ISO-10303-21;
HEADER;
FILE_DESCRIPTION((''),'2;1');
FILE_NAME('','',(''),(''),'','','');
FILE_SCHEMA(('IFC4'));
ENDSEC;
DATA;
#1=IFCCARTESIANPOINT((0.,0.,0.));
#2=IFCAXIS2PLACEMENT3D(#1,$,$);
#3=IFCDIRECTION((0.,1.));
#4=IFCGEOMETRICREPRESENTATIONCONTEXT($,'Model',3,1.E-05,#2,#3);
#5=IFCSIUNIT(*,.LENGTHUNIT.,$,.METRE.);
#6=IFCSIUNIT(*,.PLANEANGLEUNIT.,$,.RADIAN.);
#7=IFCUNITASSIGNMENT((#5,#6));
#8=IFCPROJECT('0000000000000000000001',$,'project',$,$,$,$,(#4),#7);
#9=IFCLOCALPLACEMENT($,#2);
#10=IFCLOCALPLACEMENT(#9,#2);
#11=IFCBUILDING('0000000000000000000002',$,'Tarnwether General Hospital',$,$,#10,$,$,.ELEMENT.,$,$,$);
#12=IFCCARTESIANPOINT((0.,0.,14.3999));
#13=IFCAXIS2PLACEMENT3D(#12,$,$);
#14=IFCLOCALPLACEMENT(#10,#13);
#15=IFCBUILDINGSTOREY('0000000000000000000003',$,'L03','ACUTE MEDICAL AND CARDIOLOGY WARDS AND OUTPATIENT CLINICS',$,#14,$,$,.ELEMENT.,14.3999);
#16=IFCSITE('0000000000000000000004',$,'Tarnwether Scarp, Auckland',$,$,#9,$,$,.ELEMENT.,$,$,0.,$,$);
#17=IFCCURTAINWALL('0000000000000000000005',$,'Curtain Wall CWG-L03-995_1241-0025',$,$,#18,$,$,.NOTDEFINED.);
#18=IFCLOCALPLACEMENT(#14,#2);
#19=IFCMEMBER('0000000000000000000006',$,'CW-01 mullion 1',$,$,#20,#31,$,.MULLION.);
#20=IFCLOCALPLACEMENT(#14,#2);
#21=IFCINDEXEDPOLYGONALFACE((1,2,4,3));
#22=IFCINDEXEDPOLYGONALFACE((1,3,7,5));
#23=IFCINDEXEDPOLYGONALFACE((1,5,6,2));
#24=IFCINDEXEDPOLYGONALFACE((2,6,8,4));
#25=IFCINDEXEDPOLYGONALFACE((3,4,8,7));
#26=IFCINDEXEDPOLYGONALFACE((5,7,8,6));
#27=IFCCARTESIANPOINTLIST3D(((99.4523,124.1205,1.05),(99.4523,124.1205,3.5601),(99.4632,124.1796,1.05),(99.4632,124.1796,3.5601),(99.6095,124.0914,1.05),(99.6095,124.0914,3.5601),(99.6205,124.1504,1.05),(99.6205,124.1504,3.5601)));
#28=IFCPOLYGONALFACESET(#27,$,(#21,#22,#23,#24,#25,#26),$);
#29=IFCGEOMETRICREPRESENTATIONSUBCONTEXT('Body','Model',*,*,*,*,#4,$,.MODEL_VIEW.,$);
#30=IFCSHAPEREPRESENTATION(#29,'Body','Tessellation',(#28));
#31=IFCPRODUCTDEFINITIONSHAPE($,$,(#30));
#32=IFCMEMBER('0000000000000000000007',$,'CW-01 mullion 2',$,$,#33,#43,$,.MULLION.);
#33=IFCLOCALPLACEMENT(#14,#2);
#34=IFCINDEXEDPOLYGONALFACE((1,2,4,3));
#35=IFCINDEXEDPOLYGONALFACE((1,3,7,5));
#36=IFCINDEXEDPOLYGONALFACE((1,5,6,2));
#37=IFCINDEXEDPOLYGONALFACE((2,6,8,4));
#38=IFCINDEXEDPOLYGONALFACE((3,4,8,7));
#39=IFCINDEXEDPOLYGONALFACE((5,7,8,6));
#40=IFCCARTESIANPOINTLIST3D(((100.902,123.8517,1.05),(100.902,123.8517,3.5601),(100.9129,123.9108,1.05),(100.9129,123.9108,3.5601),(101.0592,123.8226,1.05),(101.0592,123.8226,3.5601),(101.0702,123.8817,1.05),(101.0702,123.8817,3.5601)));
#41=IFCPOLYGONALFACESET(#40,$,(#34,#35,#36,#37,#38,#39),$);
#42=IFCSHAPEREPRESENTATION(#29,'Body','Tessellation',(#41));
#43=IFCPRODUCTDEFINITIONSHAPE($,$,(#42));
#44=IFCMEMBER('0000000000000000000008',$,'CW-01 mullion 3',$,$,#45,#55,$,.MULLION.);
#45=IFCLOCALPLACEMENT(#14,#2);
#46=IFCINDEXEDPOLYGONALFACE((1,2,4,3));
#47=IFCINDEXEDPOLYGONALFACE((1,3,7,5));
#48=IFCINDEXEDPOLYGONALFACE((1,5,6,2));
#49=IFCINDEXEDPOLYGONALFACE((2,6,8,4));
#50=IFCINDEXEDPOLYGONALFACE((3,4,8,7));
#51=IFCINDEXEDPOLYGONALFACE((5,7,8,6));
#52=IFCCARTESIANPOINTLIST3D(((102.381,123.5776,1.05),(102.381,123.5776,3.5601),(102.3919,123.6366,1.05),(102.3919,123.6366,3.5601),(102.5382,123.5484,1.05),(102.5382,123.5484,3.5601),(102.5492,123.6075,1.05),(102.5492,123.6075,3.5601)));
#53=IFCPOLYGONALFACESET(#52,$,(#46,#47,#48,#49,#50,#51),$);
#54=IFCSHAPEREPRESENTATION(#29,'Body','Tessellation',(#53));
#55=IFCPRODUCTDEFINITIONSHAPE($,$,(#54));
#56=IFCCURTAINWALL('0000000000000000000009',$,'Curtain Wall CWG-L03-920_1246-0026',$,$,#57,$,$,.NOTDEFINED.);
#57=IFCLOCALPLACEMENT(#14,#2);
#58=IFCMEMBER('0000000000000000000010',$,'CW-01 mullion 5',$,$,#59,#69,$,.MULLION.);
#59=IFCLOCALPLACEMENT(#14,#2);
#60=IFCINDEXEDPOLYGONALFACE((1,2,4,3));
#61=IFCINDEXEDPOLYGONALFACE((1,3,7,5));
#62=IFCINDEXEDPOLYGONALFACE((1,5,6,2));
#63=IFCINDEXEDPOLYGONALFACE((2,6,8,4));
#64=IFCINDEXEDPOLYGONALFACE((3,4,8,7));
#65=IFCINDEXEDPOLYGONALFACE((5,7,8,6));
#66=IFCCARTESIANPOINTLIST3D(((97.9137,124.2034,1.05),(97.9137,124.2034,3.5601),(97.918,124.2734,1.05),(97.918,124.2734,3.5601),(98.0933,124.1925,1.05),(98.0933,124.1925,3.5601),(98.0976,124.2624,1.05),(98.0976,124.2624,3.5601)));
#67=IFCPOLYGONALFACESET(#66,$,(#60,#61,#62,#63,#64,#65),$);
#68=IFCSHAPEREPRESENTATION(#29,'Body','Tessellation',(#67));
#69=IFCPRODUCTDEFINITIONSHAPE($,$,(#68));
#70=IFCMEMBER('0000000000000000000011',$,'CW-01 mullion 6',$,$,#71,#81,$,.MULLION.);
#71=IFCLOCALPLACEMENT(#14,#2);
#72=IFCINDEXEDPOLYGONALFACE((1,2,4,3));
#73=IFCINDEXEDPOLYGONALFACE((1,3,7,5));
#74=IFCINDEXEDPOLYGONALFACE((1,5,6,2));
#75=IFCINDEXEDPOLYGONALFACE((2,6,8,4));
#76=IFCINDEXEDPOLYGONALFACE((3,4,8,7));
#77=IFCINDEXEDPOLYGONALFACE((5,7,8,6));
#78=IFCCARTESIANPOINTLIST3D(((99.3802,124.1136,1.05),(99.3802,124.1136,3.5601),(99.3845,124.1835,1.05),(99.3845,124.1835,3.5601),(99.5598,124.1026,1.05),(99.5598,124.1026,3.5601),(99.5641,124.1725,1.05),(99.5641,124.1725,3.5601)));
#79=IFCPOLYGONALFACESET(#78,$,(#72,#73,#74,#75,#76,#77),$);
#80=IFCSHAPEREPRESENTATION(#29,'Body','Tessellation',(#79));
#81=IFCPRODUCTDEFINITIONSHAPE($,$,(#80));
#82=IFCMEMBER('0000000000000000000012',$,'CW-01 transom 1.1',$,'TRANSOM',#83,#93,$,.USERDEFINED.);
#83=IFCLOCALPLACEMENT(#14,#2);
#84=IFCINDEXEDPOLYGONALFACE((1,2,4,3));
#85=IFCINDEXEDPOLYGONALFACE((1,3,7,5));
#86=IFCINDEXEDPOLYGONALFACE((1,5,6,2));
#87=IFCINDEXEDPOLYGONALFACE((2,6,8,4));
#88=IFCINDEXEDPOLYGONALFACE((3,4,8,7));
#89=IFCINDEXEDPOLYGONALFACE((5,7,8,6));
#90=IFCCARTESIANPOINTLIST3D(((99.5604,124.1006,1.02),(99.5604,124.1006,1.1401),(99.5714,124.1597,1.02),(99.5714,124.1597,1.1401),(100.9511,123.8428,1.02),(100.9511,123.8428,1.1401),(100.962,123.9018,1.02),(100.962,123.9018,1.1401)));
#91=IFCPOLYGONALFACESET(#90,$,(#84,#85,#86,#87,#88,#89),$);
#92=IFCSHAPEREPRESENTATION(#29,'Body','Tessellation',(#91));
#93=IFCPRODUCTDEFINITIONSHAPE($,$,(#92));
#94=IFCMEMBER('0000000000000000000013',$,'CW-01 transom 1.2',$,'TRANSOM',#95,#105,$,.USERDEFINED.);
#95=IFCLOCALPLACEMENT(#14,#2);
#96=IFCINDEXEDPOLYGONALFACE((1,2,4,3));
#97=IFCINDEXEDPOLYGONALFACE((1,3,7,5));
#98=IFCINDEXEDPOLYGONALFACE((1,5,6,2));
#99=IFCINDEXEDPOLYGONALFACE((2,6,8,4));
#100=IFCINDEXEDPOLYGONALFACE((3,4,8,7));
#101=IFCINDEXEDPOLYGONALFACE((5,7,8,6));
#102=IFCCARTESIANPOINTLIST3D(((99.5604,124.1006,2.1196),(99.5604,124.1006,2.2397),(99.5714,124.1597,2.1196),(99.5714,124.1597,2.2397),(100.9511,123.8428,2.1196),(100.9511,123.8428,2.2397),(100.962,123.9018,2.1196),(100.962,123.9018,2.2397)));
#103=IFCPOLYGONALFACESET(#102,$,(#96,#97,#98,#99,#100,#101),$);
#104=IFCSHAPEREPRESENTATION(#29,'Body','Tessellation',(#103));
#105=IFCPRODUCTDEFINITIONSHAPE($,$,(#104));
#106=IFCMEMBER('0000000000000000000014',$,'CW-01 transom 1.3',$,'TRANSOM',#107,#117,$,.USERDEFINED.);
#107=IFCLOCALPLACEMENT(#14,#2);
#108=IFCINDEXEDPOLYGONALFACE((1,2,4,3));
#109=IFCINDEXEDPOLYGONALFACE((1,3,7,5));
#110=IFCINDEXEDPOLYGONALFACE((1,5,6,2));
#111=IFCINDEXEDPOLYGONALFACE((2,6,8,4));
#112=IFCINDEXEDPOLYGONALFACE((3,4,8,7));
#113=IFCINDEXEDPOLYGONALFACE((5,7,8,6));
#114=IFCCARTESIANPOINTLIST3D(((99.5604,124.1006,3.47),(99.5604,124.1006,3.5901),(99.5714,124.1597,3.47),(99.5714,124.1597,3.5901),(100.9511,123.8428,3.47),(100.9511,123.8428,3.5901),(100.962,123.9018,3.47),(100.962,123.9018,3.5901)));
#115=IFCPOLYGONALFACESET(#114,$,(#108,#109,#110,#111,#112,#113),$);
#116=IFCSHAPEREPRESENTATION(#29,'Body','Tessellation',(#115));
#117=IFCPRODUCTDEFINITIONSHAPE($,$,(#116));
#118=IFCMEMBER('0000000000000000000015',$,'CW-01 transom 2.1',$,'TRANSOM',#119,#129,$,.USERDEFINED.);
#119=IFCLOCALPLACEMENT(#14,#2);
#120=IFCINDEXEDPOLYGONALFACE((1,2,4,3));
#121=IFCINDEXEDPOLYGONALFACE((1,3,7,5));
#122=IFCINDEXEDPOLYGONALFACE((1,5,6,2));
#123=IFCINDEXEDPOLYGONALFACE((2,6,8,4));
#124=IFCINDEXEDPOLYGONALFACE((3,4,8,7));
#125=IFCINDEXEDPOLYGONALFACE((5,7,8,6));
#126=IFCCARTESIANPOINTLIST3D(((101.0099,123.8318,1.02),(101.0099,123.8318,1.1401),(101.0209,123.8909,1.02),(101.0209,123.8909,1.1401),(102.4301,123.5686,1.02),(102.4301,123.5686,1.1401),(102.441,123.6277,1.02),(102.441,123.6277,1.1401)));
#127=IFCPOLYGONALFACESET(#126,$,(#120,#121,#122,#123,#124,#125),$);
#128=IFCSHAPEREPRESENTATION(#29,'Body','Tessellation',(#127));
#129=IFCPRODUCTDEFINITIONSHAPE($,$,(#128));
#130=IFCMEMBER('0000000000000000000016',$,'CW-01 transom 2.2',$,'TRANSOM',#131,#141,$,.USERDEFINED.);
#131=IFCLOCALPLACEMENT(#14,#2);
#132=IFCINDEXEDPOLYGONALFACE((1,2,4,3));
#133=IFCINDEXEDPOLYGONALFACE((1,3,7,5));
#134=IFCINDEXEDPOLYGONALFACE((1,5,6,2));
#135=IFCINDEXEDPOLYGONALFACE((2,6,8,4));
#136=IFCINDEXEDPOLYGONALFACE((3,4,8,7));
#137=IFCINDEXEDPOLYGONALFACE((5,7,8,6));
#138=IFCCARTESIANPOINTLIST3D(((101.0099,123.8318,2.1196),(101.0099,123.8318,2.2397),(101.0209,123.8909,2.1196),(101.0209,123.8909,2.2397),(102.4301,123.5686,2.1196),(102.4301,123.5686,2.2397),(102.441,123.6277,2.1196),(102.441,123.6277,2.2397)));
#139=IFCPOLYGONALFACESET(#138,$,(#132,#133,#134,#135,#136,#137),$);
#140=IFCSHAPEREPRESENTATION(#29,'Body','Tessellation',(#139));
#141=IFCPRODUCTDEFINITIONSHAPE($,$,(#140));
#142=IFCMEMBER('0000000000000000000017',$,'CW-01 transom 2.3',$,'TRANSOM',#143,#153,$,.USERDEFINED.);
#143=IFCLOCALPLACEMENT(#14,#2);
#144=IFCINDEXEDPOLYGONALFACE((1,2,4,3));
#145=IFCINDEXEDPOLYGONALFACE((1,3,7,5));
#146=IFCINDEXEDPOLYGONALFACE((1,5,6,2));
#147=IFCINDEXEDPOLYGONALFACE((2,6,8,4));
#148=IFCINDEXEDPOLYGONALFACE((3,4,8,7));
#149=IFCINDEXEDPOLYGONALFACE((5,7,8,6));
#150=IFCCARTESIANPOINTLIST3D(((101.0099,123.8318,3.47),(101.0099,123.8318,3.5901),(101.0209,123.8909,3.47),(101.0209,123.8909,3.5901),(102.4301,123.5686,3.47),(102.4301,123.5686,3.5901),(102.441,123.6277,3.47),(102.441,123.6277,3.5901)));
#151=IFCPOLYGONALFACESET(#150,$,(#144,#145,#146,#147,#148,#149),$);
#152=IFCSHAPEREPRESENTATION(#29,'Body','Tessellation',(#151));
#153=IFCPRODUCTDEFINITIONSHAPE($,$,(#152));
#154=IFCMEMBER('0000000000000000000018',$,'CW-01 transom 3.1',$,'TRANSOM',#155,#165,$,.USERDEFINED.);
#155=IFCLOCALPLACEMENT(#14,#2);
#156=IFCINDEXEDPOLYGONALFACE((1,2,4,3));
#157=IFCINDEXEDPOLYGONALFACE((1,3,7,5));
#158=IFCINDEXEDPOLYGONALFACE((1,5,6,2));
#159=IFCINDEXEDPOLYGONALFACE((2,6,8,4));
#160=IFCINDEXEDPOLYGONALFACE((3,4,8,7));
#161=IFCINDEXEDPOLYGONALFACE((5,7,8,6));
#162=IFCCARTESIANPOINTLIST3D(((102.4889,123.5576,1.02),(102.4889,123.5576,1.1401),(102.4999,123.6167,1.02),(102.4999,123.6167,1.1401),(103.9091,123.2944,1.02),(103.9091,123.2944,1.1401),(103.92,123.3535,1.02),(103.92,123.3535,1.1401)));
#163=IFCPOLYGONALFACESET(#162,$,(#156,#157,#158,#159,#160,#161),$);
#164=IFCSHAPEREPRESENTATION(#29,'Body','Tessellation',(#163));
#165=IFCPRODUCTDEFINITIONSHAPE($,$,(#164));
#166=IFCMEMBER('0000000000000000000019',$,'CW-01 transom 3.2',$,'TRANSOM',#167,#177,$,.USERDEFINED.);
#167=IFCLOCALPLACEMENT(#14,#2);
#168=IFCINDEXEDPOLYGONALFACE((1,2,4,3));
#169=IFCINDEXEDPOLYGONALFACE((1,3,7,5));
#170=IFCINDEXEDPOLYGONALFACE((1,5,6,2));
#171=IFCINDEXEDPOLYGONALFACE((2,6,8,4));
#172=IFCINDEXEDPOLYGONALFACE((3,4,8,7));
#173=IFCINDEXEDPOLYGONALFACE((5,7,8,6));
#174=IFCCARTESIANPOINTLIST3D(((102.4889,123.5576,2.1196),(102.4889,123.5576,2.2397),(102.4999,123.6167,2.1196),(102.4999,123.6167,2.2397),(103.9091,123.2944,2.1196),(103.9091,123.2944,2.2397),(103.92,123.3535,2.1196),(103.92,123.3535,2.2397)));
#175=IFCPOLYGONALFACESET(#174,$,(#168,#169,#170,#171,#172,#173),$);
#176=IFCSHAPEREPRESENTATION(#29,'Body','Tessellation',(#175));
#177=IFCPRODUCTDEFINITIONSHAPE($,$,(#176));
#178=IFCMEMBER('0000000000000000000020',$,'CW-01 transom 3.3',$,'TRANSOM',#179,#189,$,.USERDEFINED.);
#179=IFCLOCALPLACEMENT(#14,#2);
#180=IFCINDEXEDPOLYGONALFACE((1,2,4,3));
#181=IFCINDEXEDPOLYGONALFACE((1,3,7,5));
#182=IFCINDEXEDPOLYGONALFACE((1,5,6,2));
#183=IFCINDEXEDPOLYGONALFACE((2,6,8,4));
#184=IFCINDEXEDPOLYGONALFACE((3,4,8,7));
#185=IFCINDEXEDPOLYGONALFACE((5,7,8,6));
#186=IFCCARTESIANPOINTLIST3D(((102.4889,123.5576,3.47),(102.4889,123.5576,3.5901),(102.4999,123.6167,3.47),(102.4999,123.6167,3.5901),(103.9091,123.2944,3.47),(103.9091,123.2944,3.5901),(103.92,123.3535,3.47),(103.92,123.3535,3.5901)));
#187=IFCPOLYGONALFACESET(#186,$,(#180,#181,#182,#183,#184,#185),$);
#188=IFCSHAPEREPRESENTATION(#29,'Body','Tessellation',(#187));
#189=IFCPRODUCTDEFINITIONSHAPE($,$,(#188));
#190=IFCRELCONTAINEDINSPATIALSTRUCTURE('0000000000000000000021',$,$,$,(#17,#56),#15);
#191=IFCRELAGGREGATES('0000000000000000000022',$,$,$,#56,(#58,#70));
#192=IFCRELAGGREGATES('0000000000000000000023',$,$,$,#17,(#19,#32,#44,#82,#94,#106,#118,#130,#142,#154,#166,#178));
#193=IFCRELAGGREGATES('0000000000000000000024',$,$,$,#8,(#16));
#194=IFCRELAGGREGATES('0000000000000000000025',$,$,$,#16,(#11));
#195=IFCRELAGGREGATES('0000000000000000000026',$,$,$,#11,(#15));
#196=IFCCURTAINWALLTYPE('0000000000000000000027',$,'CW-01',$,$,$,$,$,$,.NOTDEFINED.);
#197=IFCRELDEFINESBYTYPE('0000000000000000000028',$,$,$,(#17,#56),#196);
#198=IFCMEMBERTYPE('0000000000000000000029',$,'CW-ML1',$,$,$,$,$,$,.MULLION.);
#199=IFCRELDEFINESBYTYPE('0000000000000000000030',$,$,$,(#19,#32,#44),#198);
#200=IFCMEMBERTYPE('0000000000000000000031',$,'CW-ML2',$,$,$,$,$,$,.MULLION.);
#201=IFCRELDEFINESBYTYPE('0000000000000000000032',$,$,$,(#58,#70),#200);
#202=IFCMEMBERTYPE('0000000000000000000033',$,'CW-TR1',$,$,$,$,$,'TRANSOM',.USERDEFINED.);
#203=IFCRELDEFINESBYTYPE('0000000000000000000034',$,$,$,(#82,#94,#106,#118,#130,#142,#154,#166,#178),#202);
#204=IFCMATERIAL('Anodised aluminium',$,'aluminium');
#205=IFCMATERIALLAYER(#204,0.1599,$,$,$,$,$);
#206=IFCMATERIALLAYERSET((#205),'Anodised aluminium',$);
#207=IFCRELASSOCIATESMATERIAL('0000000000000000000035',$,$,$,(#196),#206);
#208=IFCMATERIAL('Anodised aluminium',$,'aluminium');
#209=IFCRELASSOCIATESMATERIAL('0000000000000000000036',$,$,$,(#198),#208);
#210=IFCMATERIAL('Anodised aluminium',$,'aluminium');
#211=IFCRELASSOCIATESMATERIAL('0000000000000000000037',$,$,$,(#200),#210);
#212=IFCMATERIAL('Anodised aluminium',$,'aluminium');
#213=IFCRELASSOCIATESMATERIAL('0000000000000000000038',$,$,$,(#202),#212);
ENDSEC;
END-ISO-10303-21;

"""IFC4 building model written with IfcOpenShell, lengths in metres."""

from ifc_helpers import new_model, si_unit, direction, frame, origin, origin_2d, place, context, subcontext, project, spatial, rectangle, extrude, material, layer, layer_set, material_profile, profile_set, type_object, element, aggregate, save


model = new_model("IFC4")

# Units and contexts
model_context = context("Model", 3, precision=1e-05, world=origin(), true_north=direction((0.0, 1.0)))
body_context = subcontext(model_context, "Body", "Model", "MODEL_VIEW")
ifc_project = project(units=[si_unit("LENGTHUNIT", "METRE"), si_unit("PLANEANGLEUNIT", "RADIAN")], contexts=[model_context])

# Site, building, storey
site_placement = place(None, origin())
site = spatial("IfcSite", under=ifc_project, at=site_placement, Name="Tarnwether Scarp, Auckland", CompositionType="ELEMENT", RefElevation=0.0)
building_placement = place(site_placement, origin())
building = spatial("IfcBuilding", under=site, at=building_placement, Name="Tarnwether General Hospital", CompositionType="ELEMENT")
storey_placement = place(building_placement, frame((0.0, 0.0, 14.3999)))
storey = spatial("IfcBuildingStorey", under=building, at=storey_placement, Name="L03", Description="ACUTE MEDICAL AND CARDIOLOGY WARDS AND OUTPATIENT CLINICS", CompositionType="ELEMENT", Elevation=14.3999)

# Curtain walls, members
ifc_material_1 = material(Name="Anodised aluminium", Category="aluminium")
ifc_layer_1 = layer(ifc_material_1, 0.1599)
ifc_layer_set_1 = layer_set([ifc_layer_1], Name="Anodised aluminium")
curtain_wall_type = type_object("IfcCurtainWallType", Name="CW-01", PredefinedType="NOTDEFINED", material=ifc_layer_set_1)
curtain_wall_1_placement = place(storey_placement, origin())
curtain_wall_1 = element("IfcCurtainWall", 1, at=curtain_wall_1_placement, inside=storey, type_object=curtain_wall_type, Name="Curtain Wall CWG-L03-995_1241-0025", PredefinedType="NOTDEFINED")
ifc_material_2 = material(Name="Anodised aluminium", Category="aluminium")
ifc_material_profile_1 = material_profile(ifc_material_2, rectangle(XDim=0.0601, YDim=0.1599, at=origin_2d()), Name="ALU-MUL-60x160")
ifc_profile_set_1 = profile_set([ifc_material_profile_1], Name="Anodised aluminium")
member_type_1 = type_object("IfcMemberType", Name="CW-ML1", PredefinedType="MULLION", material=ifc_profile_set_1)
member_1_placement = place(storey_placement, frame((99.5364, 124.1355, 1.05), z_axis=(0.0, 0.0, 1.0), x_axis=(0.182289, 0.983245, 0.0)))
member_1 = element("IfcMember", 2, at=member_1_placement, type_object=member_type_1, Name="CW-01 mullion 1", PredefinedType="MULLION", context=body_context, shape_type="SweptSolid", body=[
    extrude(rectangle(XDim=0.0601, YDim=0.1599, at=origin_2d()), origin(), (0.0, 0.0, 1.0), 2.51),
])
member_2_placement = place(storey_placement, frame((100.9861, 123.8667, 1.05), z_axis=(0.0, 0.0, 1.0), x_axis=(0.182289, 0.983245, 0.0)))
member_2 = element("IfcMember", 3, at=member_2_placement, type_object=member_type_1, Name="CW-01 mullion 2", PredefinedType="MULLION", context=body_context, shape_type="SweptSolid", body=[
    extrude(rectangle(XDim=0.0601, YDim=0.1599, at=origin_2d()), origin(), (0.0, 0.0, 1.0), 2.51),
])
member_3_placement = place(storey_placement, frame((102.4651, 123.5925, 1.05), z_axis=(0.0, 0.0, 1.0), x_axis=(0.182289, 0.983245, 0.0)))
member_3 = element("IfcMember", 4, at=member_3_placement, type_object=member_type_1, Name="CW-01 mullion 3", PredefinedType="MULLION", context=body_context, shape_type="SweptSolid", body=[
    extrude(rectangle(XDim=0.0601, YDim=0.1599, at=origin_2d()), origin(), (0.0, 0.0, 1.0), 2.51),
])
curtain_wall_2_placement = place(storey_placement, origin())
curtain_wall_2 = element("IfcCurtainWall", 5, at=curtain_wall_2_placement, inside=storey, type_object=curtain_wall_type, Name="Curtain Wall CWG-L03-920_1246-0026", PredefinedType="NOTDEFINED")
ifc_material_3 = material(Name="Anodised aluminium", Category="aluminium")
ifc_material_profile_2 = material_profile(ifc_material_3, rectangle(XDim=0.0701, YDim=0.1799, at=origin_2d()), Name="ALU-MUL-70x180")
ifc_profile_set_2 = profile_set([ifc_material_profile_2], Name="Anodised aluminium")
member_type_2 = type_object("IfcMemberType", Name="CW-ML2", PredefinedType="MULLION", material=ifc_profile_set_2)
member_4_placement = place(storey_placement, frame((98.0056, 124.2329, 1.05), z_axis=(0.0, 0.0, 1.0), x_axis=(0.061029, 0.998136, 0.0)))
member_4 = element("IfcMember", 6, at=member_4_placement, type_object=member_type_2, Name="CW-01 mullion 5", PredefinedType="MULLION", context=body_context, shape_type="SweptSolid", body=[
    extrude(rectangle(XDim=0.0701, YDim=0.1799, at=origin_2d()), origin(), (0.0, 0.0, 1.0), 2.51),
])
member_5_placement = place(storey_placement, frame((99.4722, 124.1431, 1.05), z_axis=(0.0, 0.0, 1.0), x_axis=(0.061029, 0.998136, 0.0)))
member_5 = element("IfcMember", 7, at=member_5_placement, type_object=member_type_2, Name="CW-01 mullion 6", PredefinedType="MULLION", context=body_context, shape_type="SweptSolid", body=[
    extrude(rectangle(XDim=0.0701, YDim=0.1799, at=origin_2d()), origin(), (0.0, 0.0, 1.0), 2.51),
])

# Members
ifc_material_4 = material(Name="Anodised aluminium", Category="aluminium")
ifc_material_profile_3 = material_profile(ifc_material_4, rectangle(XDim=0.0601, YDim=0.1201, at=origin_2d()), Name="ALU-TRN-60x120")
ifc_profile_set_3 = profile_set([ifc_material_profile_3], Name="Anodised aluminium")
member_type_3 = type_object("IfcMemberType", Name="CW-TR1", ElementType="TRANSOM", PredefinedType="USERDEFINED", material=ifc_profile_set_3)
member_6_placement = place(storey_placement, frame((99.5659, 124.1301, 1.0801), z_axis=(0.983245, -0.182287, 0.0), x_axis=(0.182287, 0.983245, 0.0)))
member_6 = element("IfcMember", 8, at=member_6_placement, type_object=member_type_3, Name="CW-01 transom 1.1", ObjectType="TRANSOM", PredefinedType="USERDEFINED", context=body_context, shape_type="SweptSolid", body=[
    extrude(rectangle(XDim=0.0601, YDim=0.1201, at=origin_2d()), origin(), (0.0, 0.0, 1.0), 1.4143),
])
member_7_placement = place(storey_placement, frame((99.5659, 124.1301, 2.1797), z_axis=(0.983245, -0.182287, 0.0), x_axis=(0.182287, 0.983245, 0.0)))
member_7 = element("IfcMember", 9, at=member_7_placement, type_object=member_type_3, Name="CW-01 transom 1.2", ObjectType="TRANSOM", PredefinedType="USERDEFINED", context=body_context, shape_type="SweptSolid", body=[
    extrude(rectangle(XDim=0.0601, YDim=0.1201, at=origin_2d()), origin(), (0.0, 0.0, 1.0), 1.4143),
])
member_8_placement = place(storey_placement, frame((99.5659, 124.1301, 3.53), z_axis=(0.983245, -0.182287, 0.0), x_axis=(0.182287, 0.983245, 0.0)))
member_8 = element("IfcMember", 10, at=member_8_placement, type_object=member_type_3, Name="CW-01 transom 1.3", ObjectType="TRANSOM", PredefinedType="USERDEFINED", context=body_context, shape_type="SweptSolid", body=[
    extrude(rectangle(XDim=0.0601, YDim=0.1201, at=origin_2d()), origin(), (0.0, 0.0, 1.0), 1.4143),
])
member_9_placement = place(storey_placement, frame((101.0154, 123.8613, 1.0801), z_axis=(0.983258, -0.182216, 0.0), x_axis=(0.182216, 0.983258, 0.0)))
member_9 = element("IfcMember", 11, at=member_9_placement, type_object=member_type_3, Name="CW-01 transom 2.1", ObjectType="TRANSOM", PredefinedType="USERDEFINED", context=body_context, shape_type="SweptSolid", body=[
    extrude(rectangle(XDim=0.0601, YDim=0.1201, at=origin_2d()), origin(), (0.0, 0.0, 1.0), 1.4443),
])
member_10_placement = place(storey_placement, frame((101.0154, 123.8613, 2.1797), z_axis=(0.983258, -0.182216, 0.0), x_axis=(0.182216, 0.983258, 0.0)))
member_10 = element("IfcMember", 12, at=member_10_placement, type_object=member_type_3, Name="CW-01 transom 2.2", ObjectType="TRANSOM", PredefinedType="USERDEFINED", context=body_context, shape_type="SweptSolid", body=[
    extrude(rectangle(XDim=0.0601, YDim=0.1201, at=origin_2d()), origin(), (0.0, 0.0, 1.0), 1.4443),
])
member_11_placement = place(storey_placement, frame((101.0154, 123.8613, 3.53), z_axis=(0.983258, -0.182216, 0.0), x_axis=(0.182216, 0.983258, 0.0)))
member_11 = element("IfcMember", 13, at=member_11_placement, type_object=member_type_3, Name="CW-01 transom 2.3", ObjectType="TRANSOM", PredefinedType="USERDEFINED", context=body_context, shape_type="SweptSolid", body=[
    extrude(rectangle(XDim=0.0601, YDim=0.1201, at=origin_2d()), origin(), (0.0, 0.0, 1.0), 1.4443),
])
member_12_placement = place(storey_placement, frame((102.4944, 123.5872, 1.0801), z_axis=(0.983258, -0.182216, 0.0), x_axis=(0.182216, 0.983258, 0.0)))
member_12 = element("IfcMember", 14, at=member_12_placement, type_object=member_type_3, Name="CW-01 transom 3.1", ObjectType="TRANSOM", PredefinedType="USERDEFINED", context=body_context, shape_type="SweptSolid", body=[
    extrude(rectangle(XDim=0.0601, YDim=0.1201, at=origin_2d()), origin(), (0.0, 0.0, 1.0), 1.4443),
])
member_13_placement = place(storey_placement, frame((102.4944, 123.5872, 2.1797), z_axis=(0.983258, -0.182216, 0.0), x_axis=(0.182216, 0.983258, 0.0)))
member_13 = element("IfcMember", 15, at=member_13_placement, type_object=member_type_3, Name="CW-01 transom 3.2", ObjectType="TRANSOM", PredefinedType="USERDEFINED", context=body_context, shape_type="SweptSolid", body=[
    extrude(rectangle(XDim=0.0601, YDim=0.1201, at=origin_2d()), origin(), (0.0, 0.0, 1.0), 1.4443),
])
member_14_placement = place(storey_placement, frame((102.4944, 123.5872, 3.53), z_axis=(0.983258, -0.182216, 0.0), x_axis=(0.182216, 0.983258, 0.0)))
member_14 = element("IfcMember", 16, at=member_14_placement, type_object=member_type_3, Name="CW-01 transom 3.3", ObjectType="TRANSOM", PredefinedType="USERDEFINED", context=body_context, shape_type="SweptSolid", body=[
    extrude(rectangle(XDim=0.0601, YDim=0.1201, at=origin_2d()), origin(), (0.0, 0.0, 1.0), 1.4443),
])

aggregate(curtain_wall_2, [member_4, member_5])
aggregate(curtain_wall_1, [member_1, member_2, member_3, member_6, member_7, member_8, member_9, member_10, member_11, member_12, member_13, member_14])

save(model, "model.ifc")
